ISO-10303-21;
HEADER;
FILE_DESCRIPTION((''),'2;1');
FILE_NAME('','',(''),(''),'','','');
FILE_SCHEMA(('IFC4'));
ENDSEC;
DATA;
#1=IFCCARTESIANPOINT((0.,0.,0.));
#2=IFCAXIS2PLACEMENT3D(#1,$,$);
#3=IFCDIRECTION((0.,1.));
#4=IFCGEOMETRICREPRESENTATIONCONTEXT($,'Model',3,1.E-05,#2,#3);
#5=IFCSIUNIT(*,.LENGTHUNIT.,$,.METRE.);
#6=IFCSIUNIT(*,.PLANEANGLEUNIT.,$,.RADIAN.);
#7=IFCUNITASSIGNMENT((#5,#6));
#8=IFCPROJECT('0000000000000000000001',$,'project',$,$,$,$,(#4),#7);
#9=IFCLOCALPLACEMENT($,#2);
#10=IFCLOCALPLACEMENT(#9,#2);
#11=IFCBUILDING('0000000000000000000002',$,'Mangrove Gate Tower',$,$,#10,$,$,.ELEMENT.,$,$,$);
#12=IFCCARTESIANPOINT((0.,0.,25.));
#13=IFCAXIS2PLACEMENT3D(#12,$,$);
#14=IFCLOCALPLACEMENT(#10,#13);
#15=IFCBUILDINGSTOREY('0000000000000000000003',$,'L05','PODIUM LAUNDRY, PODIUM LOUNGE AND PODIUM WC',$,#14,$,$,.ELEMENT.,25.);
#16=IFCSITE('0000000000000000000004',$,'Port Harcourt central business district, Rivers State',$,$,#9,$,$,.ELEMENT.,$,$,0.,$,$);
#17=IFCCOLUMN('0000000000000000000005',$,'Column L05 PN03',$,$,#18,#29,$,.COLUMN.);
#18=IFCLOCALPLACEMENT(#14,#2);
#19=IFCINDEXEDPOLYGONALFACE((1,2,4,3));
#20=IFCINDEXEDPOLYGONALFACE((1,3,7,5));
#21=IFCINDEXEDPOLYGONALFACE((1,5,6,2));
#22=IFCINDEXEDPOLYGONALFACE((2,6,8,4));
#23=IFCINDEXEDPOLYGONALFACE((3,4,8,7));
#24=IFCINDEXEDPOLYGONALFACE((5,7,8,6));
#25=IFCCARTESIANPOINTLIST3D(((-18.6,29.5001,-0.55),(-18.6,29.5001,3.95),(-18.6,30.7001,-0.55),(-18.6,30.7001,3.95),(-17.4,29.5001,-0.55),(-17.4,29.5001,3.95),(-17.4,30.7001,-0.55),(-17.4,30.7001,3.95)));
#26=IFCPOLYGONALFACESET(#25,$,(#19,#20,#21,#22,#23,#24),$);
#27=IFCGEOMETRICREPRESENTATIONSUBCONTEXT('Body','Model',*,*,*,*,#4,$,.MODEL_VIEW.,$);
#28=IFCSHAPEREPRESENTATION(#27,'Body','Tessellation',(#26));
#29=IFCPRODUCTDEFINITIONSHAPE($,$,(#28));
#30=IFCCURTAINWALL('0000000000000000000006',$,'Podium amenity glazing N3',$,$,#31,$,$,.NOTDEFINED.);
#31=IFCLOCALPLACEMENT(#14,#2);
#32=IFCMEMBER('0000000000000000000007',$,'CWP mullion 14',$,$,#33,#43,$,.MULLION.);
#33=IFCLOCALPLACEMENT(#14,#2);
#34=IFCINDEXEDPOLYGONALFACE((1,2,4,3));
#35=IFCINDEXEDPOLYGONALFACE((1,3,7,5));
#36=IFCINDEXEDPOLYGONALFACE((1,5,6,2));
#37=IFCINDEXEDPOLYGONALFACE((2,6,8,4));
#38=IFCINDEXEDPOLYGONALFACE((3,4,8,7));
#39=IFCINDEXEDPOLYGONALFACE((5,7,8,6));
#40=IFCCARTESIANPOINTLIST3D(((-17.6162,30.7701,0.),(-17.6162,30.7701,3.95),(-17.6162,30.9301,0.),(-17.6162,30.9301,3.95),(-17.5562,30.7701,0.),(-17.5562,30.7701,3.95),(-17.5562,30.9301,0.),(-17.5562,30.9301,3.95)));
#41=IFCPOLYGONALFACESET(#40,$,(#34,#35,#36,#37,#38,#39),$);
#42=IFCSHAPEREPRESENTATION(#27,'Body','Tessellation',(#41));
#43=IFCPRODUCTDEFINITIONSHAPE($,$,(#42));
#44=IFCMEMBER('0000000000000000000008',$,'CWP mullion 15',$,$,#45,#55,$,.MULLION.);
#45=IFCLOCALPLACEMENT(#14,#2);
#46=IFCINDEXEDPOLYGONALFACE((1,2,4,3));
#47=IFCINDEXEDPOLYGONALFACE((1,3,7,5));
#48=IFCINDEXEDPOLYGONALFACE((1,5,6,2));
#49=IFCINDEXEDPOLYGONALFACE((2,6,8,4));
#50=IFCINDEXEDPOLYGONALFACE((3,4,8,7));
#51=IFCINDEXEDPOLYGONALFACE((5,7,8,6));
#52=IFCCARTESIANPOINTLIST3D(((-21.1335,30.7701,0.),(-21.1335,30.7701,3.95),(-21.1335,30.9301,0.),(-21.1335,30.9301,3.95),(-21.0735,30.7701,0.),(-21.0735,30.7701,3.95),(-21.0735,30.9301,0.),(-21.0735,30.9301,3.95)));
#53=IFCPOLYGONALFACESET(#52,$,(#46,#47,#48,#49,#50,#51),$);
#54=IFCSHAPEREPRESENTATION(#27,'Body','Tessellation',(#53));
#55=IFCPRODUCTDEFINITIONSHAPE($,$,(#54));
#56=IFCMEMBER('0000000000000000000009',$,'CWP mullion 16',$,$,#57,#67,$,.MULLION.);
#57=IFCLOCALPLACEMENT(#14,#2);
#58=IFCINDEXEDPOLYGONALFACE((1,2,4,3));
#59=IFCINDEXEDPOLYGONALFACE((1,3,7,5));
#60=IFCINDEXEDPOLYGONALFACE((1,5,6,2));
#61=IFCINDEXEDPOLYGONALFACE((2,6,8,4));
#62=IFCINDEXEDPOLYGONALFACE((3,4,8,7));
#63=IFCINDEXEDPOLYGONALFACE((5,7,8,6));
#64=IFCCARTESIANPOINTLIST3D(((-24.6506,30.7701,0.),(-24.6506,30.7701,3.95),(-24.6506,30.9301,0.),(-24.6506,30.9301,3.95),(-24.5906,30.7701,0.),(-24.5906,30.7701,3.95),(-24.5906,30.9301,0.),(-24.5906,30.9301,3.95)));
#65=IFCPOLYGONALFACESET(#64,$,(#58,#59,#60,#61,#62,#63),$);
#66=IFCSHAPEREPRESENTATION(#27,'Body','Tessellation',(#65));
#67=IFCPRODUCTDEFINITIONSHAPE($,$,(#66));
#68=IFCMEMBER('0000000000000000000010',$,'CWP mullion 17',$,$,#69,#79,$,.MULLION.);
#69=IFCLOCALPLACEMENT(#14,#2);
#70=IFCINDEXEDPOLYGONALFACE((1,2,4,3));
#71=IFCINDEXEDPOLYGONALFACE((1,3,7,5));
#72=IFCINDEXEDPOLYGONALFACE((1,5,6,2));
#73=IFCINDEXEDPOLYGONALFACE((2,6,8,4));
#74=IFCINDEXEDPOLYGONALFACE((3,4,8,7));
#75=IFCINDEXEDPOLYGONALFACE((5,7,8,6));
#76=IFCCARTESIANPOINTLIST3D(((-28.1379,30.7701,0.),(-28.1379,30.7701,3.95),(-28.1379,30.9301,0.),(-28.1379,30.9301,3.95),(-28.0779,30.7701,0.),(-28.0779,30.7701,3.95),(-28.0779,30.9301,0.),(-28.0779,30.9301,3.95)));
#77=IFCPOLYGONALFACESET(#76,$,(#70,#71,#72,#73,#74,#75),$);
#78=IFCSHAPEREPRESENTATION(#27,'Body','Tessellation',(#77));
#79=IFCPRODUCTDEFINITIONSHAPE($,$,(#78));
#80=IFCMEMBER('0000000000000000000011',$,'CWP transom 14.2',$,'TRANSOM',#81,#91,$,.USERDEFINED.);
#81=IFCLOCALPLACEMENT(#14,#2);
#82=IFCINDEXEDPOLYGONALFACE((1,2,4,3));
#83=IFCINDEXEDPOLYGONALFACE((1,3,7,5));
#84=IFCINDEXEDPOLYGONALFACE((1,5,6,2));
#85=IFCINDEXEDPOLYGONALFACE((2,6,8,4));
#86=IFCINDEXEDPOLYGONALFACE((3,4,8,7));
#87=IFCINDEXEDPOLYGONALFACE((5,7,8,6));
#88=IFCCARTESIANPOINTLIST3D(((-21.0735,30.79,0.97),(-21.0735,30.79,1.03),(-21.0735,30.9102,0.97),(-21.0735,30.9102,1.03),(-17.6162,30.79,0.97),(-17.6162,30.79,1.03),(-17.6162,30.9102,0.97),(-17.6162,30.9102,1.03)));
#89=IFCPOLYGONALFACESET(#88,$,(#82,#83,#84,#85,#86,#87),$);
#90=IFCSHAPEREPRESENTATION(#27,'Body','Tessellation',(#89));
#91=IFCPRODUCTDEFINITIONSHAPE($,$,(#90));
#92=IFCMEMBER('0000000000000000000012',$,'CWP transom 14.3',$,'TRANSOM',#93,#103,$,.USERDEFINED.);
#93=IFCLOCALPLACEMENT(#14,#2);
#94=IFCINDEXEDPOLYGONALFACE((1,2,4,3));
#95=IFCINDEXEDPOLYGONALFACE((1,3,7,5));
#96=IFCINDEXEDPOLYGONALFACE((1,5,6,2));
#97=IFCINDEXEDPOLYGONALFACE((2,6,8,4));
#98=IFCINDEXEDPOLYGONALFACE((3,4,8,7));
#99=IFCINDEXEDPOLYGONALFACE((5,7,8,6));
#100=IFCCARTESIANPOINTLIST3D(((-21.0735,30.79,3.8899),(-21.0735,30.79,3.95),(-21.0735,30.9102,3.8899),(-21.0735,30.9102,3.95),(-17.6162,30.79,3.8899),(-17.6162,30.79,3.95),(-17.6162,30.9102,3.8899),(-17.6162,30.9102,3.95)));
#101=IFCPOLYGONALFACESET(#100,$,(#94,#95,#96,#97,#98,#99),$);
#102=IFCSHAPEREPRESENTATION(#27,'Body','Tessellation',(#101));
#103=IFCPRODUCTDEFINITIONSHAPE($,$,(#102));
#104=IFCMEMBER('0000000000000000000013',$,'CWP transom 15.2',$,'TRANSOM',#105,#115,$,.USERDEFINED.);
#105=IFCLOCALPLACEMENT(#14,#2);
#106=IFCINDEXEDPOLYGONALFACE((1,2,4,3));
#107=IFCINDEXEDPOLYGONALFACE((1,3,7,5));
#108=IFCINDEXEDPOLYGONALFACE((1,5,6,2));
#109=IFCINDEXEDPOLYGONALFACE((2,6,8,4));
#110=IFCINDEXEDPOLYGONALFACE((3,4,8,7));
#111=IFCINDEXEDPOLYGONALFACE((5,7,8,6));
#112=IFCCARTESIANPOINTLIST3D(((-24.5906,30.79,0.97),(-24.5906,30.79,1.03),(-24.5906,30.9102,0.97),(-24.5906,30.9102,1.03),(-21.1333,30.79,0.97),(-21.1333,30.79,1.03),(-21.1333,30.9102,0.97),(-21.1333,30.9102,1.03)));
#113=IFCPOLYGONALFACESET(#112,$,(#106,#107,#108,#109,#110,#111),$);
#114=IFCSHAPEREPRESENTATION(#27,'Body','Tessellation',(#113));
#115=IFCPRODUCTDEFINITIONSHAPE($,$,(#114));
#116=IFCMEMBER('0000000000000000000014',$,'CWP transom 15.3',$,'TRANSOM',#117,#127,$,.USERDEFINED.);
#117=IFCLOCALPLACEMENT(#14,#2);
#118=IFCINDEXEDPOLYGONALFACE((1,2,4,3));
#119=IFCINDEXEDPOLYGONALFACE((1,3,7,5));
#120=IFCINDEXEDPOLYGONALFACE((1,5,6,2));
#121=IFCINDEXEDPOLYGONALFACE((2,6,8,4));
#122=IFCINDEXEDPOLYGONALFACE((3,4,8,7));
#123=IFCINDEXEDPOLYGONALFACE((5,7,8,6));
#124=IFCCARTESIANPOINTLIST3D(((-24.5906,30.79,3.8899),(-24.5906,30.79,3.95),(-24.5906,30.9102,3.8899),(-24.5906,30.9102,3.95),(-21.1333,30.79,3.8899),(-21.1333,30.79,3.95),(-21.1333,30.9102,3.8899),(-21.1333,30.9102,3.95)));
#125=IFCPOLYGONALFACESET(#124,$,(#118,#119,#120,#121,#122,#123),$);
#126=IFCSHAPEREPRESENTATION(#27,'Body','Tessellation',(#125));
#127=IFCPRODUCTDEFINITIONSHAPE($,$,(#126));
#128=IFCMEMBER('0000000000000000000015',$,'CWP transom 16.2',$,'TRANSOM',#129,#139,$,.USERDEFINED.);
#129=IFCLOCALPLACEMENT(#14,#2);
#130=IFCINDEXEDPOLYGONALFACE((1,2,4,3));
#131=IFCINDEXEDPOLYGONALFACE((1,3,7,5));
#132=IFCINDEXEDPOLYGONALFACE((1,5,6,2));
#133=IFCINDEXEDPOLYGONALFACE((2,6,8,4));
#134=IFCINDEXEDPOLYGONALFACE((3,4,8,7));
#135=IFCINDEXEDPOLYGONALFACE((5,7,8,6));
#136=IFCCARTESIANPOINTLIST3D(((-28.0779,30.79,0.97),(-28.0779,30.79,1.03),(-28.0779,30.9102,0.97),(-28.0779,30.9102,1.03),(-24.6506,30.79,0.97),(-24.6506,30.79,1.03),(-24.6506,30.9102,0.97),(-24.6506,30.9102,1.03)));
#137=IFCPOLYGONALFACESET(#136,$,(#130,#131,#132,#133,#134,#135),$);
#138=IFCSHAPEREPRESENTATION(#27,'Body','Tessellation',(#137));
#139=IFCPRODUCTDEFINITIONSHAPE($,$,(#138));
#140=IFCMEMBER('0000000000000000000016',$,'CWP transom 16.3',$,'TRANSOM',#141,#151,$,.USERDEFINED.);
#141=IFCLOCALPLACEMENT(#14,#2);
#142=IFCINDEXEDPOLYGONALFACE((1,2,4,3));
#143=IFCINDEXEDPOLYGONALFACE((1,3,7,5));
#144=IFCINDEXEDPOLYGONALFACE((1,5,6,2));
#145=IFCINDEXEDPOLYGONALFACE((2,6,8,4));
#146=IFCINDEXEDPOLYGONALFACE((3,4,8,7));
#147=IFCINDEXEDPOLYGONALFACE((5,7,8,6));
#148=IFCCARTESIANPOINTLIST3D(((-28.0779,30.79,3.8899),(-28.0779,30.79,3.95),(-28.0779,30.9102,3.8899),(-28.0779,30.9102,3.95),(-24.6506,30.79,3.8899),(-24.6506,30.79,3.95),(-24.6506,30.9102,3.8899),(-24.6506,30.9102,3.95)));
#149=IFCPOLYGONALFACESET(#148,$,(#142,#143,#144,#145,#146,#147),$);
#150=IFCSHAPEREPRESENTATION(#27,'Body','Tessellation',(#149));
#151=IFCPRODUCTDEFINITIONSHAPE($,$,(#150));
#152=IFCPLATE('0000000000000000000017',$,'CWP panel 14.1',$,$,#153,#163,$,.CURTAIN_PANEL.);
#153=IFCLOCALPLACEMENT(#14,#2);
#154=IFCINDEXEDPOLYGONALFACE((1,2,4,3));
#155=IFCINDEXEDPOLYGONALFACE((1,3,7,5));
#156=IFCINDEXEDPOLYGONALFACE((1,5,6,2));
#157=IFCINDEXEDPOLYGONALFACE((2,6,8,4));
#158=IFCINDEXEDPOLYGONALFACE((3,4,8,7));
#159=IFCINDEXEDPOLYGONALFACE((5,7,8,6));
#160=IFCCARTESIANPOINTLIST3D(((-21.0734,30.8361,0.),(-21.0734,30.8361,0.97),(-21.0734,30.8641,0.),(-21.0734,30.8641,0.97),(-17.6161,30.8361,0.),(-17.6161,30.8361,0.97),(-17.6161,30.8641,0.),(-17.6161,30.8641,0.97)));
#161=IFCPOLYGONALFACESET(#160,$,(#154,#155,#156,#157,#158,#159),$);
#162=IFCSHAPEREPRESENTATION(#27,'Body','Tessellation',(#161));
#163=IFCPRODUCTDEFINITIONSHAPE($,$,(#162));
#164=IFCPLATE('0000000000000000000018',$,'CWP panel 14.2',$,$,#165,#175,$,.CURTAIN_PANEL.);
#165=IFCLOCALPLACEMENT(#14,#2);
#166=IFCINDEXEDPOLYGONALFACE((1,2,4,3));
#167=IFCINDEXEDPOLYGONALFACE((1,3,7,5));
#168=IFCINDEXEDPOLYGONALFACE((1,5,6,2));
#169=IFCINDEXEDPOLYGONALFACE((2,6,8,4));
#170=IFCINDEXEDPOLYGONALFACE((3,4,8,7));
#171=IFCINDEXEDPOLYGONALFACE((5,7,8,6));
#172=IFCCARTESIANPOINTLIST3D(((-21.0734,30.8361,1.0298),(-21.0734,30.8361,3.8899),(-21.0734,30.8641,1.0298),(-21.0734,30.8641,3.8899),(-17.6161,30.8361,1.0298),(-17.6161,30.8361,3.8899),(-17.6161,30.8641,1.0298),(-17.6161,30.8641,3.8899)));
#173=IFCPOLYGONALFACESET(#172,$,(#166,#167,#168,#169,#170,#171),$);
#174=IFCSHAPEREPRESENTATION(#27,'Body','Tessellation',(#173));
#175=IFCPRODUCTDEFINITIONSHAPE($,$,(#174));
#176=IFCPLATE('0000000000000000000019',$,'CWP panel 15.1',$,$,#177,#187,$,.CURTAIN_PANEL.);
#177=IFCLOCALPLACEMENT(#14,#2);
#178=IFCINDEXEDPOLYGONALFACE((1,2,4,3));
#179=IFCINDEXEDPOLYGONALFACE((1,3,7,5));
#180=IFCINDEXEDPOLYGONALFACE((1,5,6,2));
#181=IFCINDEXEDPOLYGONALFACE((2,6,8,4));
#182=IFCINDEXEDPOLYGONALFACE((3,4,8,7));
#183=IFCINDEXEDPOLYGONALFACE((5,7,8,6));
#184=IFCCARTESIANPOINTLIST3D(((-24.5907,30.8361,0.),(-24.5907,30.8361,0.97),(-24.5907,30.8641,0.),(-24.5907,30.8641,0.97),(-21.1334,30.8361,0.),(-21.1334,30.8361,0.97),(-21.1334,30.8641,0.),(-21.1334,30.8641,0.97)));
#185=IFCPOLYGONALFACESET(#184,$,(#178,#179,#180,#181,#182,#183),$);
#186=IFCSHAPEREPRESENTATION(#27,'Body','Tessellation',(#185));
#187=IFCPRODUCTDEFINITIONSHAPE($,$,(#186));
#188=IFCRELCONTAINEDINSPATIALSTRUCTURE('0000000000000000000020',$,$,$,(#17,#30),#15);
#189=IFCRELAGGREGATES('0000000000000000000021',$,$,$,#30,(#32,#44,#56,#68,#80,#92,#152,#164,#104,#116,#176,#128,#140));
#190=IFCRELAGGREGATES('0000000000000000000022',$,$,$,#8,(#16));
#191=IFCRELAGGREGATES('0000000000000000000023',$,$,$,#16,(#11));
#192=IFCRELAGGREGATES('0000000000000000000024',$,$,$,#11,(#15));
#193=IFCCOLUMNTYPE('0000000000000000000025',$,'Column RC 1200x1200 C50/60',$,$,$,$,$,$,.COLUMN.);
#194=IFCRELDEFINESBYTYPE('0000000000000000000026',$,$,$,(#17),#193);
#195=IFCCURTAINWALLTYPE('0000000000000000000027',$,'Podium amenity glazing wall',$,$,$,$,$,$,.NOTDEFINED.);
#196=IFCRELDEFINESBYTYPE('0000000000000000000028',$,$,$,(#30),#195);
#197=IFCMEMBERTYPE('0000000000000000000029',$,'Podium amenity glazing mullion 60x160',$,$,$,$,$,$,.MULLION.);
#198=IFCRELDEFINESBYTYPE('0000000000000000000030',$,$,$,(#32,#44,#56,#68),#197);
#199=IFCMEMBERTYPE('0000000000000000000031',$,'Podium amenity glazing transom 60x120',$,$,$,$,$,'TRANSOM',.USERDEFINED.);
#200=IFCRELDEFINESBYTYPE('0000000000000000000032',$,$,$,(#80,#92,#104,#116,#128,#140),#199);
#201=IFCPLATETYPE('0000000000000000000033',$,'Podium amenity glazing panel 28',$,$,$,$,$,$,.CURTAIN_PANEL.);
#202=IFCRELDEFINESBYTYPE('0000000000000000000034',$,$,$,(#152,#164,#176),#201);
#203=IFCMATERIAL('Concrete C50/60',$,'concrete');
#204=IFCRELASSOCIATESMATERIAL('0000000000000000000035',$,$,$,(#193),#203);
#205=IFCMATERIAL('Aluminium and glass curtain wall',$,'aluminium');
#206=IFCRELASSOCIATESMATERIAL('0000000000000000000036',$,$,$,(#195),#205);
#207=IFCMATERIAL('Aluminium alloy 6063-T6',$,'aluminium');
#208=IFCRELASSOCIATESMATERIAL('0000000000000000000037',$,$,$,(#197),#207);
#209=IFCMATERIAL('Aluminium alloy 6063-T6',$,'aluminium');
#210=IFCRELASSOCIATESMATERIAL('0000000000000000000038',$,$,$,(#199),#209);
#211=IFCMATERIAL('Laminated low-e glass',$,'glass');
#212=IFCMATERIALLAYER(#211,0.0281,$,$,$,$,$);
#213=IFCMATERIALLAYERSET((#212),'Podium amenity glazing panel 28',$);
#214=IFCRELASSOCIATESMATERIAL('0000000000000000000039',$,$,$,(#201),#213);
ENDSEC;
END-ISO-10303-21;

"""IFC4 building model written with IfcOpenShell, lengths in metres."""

from ifc_helpers import new_model, si_unit, direction, frame, origin, origin_2d, place, context, subcontext, project, spatial, rectangle, extrude, material, layer, layer_set, material_profile, profile_set, type_object, element, aggregate, save


model = new_model("IFC4")

# Units and contexts
model_context = context("Model", 3, precision=1e-05, world=origin(), true_north=direction((0.0, 1.0)))
body_context = subcontext(model_context, "Body", "Model", "MODEL_VIEW")
ifc_project = project(units=[si_unit("LENGTHUNIT", "METRE"), si_unit("PLANEANGLEUNIT", "RADIAN")], contexts=[model_context])

# Site, building, storey
site_placement = place(None, origin())
site = spatial("IfcSite", under=ifc_project, at=site_placement, Name="Port Harcourt central business district, Rivers State", CompositionType="ELEMENT", RefElevation=0.0)
building_placement = place(site_placement, origin())
building = spatial("IfcBuilding", under=site, at=building_placement, Name="Mangrove Gate Tower", CompositionType="ELEMENT")
storey_placement = place(building_placement, frame((0.0, 0.0, 25.0)))
storey = spatial("IfcBuildingStorey", under=building, at=storey_placement, Name="L05", Description="PODIUM LAUNDRY, PODIUM LOUNGE AND PODIUM WC", CompositionType="ELEMENT", Elevation=25.0)

# Column
ifc_material_1 = material(Name="Concrete C50/60", Category="concrete")
ifc_material_profile_1 = material_profile(ifc_material_1, rectangle(XDim=1.2, YDim=1.2, at=origin_2d()))
ifc_profile_set_1 = profile_set([ifc_material_profile_1], Name="Concrete C50/60")
column_type = type_object("IfcColumnType", Name="Column RC 1200x1200 C50/60", PredefinedType="COLUMN", material=ifc_profile_set_1)
column_placement = place(storey_placement, frame((-18.0, 30.1001, -0.55), z_axis=(0.0, 0.0, 1.0), x_axis=(1.0, 0.0, 0.0)))
element("IfcColumn", 1, at=column_placement, inside=storey, type_object=column_type, Name="Column L05 PN03", PredefinedType="COLUMN", context=body_context, shape_type="SweptSolid", body=[
    extrude(rectangle(XDim=1.2, YDim=1.2, at=origin_2d()), origin(), (0.0, 0.0, 1.0), 4.5),
])

# Curtain wall, members, plates
ifc_material_2 = material(Name="Aluminium and glass curtain wall", Category="aluminium")
curtain_wall_type = type_object("IfcCurtainWallType", Name="Podium amenity glazing wall", PredefinedType="NOTDEFINED", material=ifc_material_2)
curtain_wall_placement = place(storey_placement, origin())
curtain_wall = element("IfcCurtainWall", 2, at=curtain_wall_placement, inside=storey, type_object=curtain_wall_type, Name="Podium amenity glazing N3", PredefinedType="NOTDEFINED")
ifc_material_3 = material(Name="Aluminium alloy 6063-T6", Category="aluminium")
ifc_material_profile_2 = material_profile(ifc_material_3, rectangle(XDim=0.0601, YDim=0.1599, at=origin_2d()))
ifc_profile_set_2 = profile_set([ifc_material_profile_2], Name="Aluminium alloy 6063-T6")
member_type_1 = type_object("IfcMemberType", Name="Podium amenity glazing mullion 60x160", PredefinedType="MULLION", material=ifc_profile_set_2)
member_1_placement = place(storey_placement, frame((-17.5862, 30.8501, 0.0), z_axis=(0.0, 0.0, 1.0), x_axis=(-1.0, 0.0, 0.0)))
member_1 = element("IfcMember", 3, at=member_1_placement, type_object=member_type_1, Name="CWP mullion 14", PredefinedType="MULLION", context=body_context, shape_type="SweptSolid", body=[
    extrude(rectangle(XDim=0.0601, YDim=0.1599, at=origin_2d()), origin(), (0.0, 0.0, 1.0), 3.95),
])
member_2_placement = place(storey_placement, frame((-21.1035, 30.8501, 0.0), z_axis=(0.0, 0.0, 1.0), x_axis=(-1.0, 0.0, 0.0)))
member_2 = element("IfcMember", 4, at=member_2_placement, type_object=member_type_1, Name="CWP mullion 15", PredefinedType="MULLION", context=body_context, shape_type="SweptSolid", body=[
    extrude(rectangle(XDim=0.0601, YDim=0.1599, at=origin_2d()), origin(), (0.0, 0.0, 1.0), 3.95),
])
member_3_placement = place(storey_placement, frame((-24.6206, 30.8501, 0.0), z_axis=(0.0, 0.0, 1.0), x_axis=(-1.0, 0.0, 0.0)))
member_3 = element("IfcMember", 5, at=member_3_placement, type_object=member_type_1, Name="CWP mullion 16", PredefinedType="MULLION", context=body_context, shape_type="SweptSolid", body=[
    extrude(rectangle(XDim=0.0601, YDim=0.1599, at=origin_2d()), origin(), (0.0, 0.0, 1.0), 3.95),
])
member_4_placement = place(storey_placement, frame((-28.1079, 30.8501, 0.0), z_axis=(0.0, 0.0, 1.0), x_axis=(-1.0, 0.0, 0.0)))
member_4 = element("IfcMember", 6, at=member_4_placement, type_object=member_type_1, Name="CWP mullion 17", PredefinedType="MULLION", context=body_context, shape_type="SweptSolid", body=[
    extrude(rectangle(XDim=0.0601, YDim=0.1599, at=origin_2d()), origin(), (0.0, 0.0, 1.0), 3.95),
])
ifc_material_4 = material(Name="Aluminium alloy 6063-T6", Category="aluminium")
ifc_material_profile_3 = material_profile(ifc_material_4, rectangle(XDim=0.0601, YDim=0.1201, at=origin_2d()))
ifc_profile_set_3 = profile_set([ifc_material_profile_3], Name="Aluminium alloy 6063-T6")
member_type_2 = type_object("IfcMemberType", Name="Podium amenity glazing transom 60x120", ElementType="TRANSOM", PredefinedType="USERDEFINED", material=ifc_profile_set_3)
member_5_placement = place(storey_placement, frame((-17.6162, 30.8501, 1.0), z_axis=(-1.0, 0.0, 0.0), x_axis=(0.0, 0.0, 1.0)))
member_5 = element("IfcMember", 7, at=member_5_placement, type_object=member_type_2, Name="CWP transom 14.2", ObjectType="TRANSOM", PredefinedType="USERDEFINED", context=body_context, shape_type="SweptSolid", body=[
    extrude(rectangle(XDim=0.0601, YDim=0.1201, at=origin_2d()), origin(), (0.0, 0.0, 1.0), 3.4573),
])
member_6_placement = place(storey_placement, frame((-17.6162, 30.8501, 3.9199), z_axis=(-1.0, 0.0, 0.0), x_axis=(0.0, 0.0, 1.0)))
member_6 = element("IfcMember", 8, at=member_6_placement, type_object=member_type_2, Name="CWP transom 14.3", ObjectType="TRANSOM", PredefinedType="USERDEFINED", context=body_context, shape_type="SweptSolid", body=[
    extrude(rectangle(XDim=0.0601, YDim=0.1201, at=origin_2d()), origin(), (0.0, 0.0, 1.0), 3.4573),
])
member_7_placement = place(storey_placement, frame((-21.1333, 30.8501, 1.0), z_axis=(-1.0, 0.0, 0.0), x_axis=(0.0, 0.0, 1.0)))
member_7 = element("IfcMember", 9, at=member_7_placement, type_object=member_type_2, Name="CWP transom 15.2", ObjectType="TRANSOM", PredefinedType="USERDEFINED", context=body_context, shape_type="SweptSolid", body=[
    extrude(rectangle(XDim=0.0601, YDim=0.1201, at=origin_2d()), origin(), (0.0, 0.0, 1.0), 3.4573),
])
member_8_placement = place(storey_placement, frame((-21.1333, 30.8501, 3.9199), z_axis=(-1.0, 0.0, 0.0), x_axis=(0.0, 0.0, 1.0)))
member_8 = element("IfcMember", 10, at=member_8_placement, type_object=member_type_2, Name="CWP transom 15.3", ObjectType="TRANSOM", PredefinedType="USERDEFINED", context=body_context, shape_type="SweptSolid", body=[
    extrude(rectangle(XDim=0.0601, YDim=0.1201, at=origin_2d()), origin(), (0.0, 0.0, 1.0), 3.4573),
])
member_9_placement = place(storey_placement, frame((-24.6506, 30.8501, 1.0), z_axis=(-1.0, 0.0, 0.0), x_axis=(0.0, 0.0, 1.0)))
member_9 = element("IfcMember", 11, at=member_9_placement, type_object=member_type_2, Name="CWP transom 16.2", ObjectType="TRANSOM", PredefinedType="USERDEFINED", context=body_context, shape_type="SweptSolid", body=[
    extrude(rectangle(XDim=0.0601, YDim=0.1201, at=origin_2d()), origin(), (0.0, 0.0, 1.0), 3.4272),
])
member_10_placement = place(storey_placement, frame((-24.6506, 30.8501, 3.9199), z_axis=(-1.0, 0.0, 0.0), x_axis=(0.0, 0.0, 1.0)))
member_10 = element("IfcMember", 12, at=member_10_placement, type_object=member_type_2, Name="CWP transom 16.3", ObjectType="TRANSOM", PredefinedType="USERDEFINED", context=body_context, shape_type="SweptSolid", body=[
    extrude(rectangle(XDim=0.0601, YDim=0.1201, at=origin_2d()), origin(), (0.0, 0.0, 1.0), 3.4272),
])
ifc_material_5 = material(Name="Laminated low-e glass", Category="glass")
ifc_layer_1 = layer(ifc_material_5, 0.0281)
ifc_layer_set_1 = layer_set([ifc_layer_1], Name="Podium amenity glazing panel 28")
plate_type = type_object("IfcPlateType", Name="Podium amenity glazing panel 28", PredefinedType="CURTAIN_PANEL", material=ifc_layer_set_1)
plate_1_placement = place(storey_placement, frame((-19.3447, 30.8501, 0.0), z_axis=(0.0, 0.0, 1.0), x_axis=(-1.0, 0.0, 0.0)))
plate_1 = element("IfcPlate", 13, at=plate_1_placement, type_object=plate_type, Name="CWP panel 14.1", PredefinedType="CURTAIN_PANEL", context=body_context, shape_type="SweptSolid", body=[
    extrude(rectangle(XDim=3.4573, YDim=0.0281, at=origin_2d()), origin(), (0.0, 0.0, 1.0), 0.97),
])
plate_2_placement = place(storey_placement, frame((-19.3447, 30.8501, 1.0298), z_axis=(0.0, 0.0, 1.0), x_axis=(-1.0, 0.0, 0.0)))
plate_2 = element("IfcPlate", 14, at=plate_2_placement, type_object=plate_type, Name="CWP panel 14.2", PredefinedType="CURTAIN_PANEL", context=body_context, shape_type="SweptSolid", body=[
    extrude(rectangle(XDim=3.4573, YDim=0.0281, at=origin_2d()), origin(), (0.0, 0.0, 1.0), 2.8601),
])
plate_3_placement = place(storey_placement, frame((-22.8621, 30.8501, 0.0), z_axis=(0.0, 0.0, 1.0), x_axis=(-1.0, 0.0, 0.0)))
plate_3 = element("IfcPlate", 15, at=plate_3_placement, type_object=plate_type, Name="CWP panel 15.1", PredefinedType="CURTAIN_PANEL", context=body_context, shape_type="SweptSolid", body=[
    extrude(rectangle(XDim=3.4573, YDim=0.0281, at=origin_2d()), origin(), (0.0, 0.0, 1.0), 0.97),
])
aggregate(curtain_wall, [member_1, member_2, member_3, member_4, member_5, member_6, plate_1, plate_2, member_7, member_8, plate_3, member_9, member_10])

save(model, "model.ifc")
